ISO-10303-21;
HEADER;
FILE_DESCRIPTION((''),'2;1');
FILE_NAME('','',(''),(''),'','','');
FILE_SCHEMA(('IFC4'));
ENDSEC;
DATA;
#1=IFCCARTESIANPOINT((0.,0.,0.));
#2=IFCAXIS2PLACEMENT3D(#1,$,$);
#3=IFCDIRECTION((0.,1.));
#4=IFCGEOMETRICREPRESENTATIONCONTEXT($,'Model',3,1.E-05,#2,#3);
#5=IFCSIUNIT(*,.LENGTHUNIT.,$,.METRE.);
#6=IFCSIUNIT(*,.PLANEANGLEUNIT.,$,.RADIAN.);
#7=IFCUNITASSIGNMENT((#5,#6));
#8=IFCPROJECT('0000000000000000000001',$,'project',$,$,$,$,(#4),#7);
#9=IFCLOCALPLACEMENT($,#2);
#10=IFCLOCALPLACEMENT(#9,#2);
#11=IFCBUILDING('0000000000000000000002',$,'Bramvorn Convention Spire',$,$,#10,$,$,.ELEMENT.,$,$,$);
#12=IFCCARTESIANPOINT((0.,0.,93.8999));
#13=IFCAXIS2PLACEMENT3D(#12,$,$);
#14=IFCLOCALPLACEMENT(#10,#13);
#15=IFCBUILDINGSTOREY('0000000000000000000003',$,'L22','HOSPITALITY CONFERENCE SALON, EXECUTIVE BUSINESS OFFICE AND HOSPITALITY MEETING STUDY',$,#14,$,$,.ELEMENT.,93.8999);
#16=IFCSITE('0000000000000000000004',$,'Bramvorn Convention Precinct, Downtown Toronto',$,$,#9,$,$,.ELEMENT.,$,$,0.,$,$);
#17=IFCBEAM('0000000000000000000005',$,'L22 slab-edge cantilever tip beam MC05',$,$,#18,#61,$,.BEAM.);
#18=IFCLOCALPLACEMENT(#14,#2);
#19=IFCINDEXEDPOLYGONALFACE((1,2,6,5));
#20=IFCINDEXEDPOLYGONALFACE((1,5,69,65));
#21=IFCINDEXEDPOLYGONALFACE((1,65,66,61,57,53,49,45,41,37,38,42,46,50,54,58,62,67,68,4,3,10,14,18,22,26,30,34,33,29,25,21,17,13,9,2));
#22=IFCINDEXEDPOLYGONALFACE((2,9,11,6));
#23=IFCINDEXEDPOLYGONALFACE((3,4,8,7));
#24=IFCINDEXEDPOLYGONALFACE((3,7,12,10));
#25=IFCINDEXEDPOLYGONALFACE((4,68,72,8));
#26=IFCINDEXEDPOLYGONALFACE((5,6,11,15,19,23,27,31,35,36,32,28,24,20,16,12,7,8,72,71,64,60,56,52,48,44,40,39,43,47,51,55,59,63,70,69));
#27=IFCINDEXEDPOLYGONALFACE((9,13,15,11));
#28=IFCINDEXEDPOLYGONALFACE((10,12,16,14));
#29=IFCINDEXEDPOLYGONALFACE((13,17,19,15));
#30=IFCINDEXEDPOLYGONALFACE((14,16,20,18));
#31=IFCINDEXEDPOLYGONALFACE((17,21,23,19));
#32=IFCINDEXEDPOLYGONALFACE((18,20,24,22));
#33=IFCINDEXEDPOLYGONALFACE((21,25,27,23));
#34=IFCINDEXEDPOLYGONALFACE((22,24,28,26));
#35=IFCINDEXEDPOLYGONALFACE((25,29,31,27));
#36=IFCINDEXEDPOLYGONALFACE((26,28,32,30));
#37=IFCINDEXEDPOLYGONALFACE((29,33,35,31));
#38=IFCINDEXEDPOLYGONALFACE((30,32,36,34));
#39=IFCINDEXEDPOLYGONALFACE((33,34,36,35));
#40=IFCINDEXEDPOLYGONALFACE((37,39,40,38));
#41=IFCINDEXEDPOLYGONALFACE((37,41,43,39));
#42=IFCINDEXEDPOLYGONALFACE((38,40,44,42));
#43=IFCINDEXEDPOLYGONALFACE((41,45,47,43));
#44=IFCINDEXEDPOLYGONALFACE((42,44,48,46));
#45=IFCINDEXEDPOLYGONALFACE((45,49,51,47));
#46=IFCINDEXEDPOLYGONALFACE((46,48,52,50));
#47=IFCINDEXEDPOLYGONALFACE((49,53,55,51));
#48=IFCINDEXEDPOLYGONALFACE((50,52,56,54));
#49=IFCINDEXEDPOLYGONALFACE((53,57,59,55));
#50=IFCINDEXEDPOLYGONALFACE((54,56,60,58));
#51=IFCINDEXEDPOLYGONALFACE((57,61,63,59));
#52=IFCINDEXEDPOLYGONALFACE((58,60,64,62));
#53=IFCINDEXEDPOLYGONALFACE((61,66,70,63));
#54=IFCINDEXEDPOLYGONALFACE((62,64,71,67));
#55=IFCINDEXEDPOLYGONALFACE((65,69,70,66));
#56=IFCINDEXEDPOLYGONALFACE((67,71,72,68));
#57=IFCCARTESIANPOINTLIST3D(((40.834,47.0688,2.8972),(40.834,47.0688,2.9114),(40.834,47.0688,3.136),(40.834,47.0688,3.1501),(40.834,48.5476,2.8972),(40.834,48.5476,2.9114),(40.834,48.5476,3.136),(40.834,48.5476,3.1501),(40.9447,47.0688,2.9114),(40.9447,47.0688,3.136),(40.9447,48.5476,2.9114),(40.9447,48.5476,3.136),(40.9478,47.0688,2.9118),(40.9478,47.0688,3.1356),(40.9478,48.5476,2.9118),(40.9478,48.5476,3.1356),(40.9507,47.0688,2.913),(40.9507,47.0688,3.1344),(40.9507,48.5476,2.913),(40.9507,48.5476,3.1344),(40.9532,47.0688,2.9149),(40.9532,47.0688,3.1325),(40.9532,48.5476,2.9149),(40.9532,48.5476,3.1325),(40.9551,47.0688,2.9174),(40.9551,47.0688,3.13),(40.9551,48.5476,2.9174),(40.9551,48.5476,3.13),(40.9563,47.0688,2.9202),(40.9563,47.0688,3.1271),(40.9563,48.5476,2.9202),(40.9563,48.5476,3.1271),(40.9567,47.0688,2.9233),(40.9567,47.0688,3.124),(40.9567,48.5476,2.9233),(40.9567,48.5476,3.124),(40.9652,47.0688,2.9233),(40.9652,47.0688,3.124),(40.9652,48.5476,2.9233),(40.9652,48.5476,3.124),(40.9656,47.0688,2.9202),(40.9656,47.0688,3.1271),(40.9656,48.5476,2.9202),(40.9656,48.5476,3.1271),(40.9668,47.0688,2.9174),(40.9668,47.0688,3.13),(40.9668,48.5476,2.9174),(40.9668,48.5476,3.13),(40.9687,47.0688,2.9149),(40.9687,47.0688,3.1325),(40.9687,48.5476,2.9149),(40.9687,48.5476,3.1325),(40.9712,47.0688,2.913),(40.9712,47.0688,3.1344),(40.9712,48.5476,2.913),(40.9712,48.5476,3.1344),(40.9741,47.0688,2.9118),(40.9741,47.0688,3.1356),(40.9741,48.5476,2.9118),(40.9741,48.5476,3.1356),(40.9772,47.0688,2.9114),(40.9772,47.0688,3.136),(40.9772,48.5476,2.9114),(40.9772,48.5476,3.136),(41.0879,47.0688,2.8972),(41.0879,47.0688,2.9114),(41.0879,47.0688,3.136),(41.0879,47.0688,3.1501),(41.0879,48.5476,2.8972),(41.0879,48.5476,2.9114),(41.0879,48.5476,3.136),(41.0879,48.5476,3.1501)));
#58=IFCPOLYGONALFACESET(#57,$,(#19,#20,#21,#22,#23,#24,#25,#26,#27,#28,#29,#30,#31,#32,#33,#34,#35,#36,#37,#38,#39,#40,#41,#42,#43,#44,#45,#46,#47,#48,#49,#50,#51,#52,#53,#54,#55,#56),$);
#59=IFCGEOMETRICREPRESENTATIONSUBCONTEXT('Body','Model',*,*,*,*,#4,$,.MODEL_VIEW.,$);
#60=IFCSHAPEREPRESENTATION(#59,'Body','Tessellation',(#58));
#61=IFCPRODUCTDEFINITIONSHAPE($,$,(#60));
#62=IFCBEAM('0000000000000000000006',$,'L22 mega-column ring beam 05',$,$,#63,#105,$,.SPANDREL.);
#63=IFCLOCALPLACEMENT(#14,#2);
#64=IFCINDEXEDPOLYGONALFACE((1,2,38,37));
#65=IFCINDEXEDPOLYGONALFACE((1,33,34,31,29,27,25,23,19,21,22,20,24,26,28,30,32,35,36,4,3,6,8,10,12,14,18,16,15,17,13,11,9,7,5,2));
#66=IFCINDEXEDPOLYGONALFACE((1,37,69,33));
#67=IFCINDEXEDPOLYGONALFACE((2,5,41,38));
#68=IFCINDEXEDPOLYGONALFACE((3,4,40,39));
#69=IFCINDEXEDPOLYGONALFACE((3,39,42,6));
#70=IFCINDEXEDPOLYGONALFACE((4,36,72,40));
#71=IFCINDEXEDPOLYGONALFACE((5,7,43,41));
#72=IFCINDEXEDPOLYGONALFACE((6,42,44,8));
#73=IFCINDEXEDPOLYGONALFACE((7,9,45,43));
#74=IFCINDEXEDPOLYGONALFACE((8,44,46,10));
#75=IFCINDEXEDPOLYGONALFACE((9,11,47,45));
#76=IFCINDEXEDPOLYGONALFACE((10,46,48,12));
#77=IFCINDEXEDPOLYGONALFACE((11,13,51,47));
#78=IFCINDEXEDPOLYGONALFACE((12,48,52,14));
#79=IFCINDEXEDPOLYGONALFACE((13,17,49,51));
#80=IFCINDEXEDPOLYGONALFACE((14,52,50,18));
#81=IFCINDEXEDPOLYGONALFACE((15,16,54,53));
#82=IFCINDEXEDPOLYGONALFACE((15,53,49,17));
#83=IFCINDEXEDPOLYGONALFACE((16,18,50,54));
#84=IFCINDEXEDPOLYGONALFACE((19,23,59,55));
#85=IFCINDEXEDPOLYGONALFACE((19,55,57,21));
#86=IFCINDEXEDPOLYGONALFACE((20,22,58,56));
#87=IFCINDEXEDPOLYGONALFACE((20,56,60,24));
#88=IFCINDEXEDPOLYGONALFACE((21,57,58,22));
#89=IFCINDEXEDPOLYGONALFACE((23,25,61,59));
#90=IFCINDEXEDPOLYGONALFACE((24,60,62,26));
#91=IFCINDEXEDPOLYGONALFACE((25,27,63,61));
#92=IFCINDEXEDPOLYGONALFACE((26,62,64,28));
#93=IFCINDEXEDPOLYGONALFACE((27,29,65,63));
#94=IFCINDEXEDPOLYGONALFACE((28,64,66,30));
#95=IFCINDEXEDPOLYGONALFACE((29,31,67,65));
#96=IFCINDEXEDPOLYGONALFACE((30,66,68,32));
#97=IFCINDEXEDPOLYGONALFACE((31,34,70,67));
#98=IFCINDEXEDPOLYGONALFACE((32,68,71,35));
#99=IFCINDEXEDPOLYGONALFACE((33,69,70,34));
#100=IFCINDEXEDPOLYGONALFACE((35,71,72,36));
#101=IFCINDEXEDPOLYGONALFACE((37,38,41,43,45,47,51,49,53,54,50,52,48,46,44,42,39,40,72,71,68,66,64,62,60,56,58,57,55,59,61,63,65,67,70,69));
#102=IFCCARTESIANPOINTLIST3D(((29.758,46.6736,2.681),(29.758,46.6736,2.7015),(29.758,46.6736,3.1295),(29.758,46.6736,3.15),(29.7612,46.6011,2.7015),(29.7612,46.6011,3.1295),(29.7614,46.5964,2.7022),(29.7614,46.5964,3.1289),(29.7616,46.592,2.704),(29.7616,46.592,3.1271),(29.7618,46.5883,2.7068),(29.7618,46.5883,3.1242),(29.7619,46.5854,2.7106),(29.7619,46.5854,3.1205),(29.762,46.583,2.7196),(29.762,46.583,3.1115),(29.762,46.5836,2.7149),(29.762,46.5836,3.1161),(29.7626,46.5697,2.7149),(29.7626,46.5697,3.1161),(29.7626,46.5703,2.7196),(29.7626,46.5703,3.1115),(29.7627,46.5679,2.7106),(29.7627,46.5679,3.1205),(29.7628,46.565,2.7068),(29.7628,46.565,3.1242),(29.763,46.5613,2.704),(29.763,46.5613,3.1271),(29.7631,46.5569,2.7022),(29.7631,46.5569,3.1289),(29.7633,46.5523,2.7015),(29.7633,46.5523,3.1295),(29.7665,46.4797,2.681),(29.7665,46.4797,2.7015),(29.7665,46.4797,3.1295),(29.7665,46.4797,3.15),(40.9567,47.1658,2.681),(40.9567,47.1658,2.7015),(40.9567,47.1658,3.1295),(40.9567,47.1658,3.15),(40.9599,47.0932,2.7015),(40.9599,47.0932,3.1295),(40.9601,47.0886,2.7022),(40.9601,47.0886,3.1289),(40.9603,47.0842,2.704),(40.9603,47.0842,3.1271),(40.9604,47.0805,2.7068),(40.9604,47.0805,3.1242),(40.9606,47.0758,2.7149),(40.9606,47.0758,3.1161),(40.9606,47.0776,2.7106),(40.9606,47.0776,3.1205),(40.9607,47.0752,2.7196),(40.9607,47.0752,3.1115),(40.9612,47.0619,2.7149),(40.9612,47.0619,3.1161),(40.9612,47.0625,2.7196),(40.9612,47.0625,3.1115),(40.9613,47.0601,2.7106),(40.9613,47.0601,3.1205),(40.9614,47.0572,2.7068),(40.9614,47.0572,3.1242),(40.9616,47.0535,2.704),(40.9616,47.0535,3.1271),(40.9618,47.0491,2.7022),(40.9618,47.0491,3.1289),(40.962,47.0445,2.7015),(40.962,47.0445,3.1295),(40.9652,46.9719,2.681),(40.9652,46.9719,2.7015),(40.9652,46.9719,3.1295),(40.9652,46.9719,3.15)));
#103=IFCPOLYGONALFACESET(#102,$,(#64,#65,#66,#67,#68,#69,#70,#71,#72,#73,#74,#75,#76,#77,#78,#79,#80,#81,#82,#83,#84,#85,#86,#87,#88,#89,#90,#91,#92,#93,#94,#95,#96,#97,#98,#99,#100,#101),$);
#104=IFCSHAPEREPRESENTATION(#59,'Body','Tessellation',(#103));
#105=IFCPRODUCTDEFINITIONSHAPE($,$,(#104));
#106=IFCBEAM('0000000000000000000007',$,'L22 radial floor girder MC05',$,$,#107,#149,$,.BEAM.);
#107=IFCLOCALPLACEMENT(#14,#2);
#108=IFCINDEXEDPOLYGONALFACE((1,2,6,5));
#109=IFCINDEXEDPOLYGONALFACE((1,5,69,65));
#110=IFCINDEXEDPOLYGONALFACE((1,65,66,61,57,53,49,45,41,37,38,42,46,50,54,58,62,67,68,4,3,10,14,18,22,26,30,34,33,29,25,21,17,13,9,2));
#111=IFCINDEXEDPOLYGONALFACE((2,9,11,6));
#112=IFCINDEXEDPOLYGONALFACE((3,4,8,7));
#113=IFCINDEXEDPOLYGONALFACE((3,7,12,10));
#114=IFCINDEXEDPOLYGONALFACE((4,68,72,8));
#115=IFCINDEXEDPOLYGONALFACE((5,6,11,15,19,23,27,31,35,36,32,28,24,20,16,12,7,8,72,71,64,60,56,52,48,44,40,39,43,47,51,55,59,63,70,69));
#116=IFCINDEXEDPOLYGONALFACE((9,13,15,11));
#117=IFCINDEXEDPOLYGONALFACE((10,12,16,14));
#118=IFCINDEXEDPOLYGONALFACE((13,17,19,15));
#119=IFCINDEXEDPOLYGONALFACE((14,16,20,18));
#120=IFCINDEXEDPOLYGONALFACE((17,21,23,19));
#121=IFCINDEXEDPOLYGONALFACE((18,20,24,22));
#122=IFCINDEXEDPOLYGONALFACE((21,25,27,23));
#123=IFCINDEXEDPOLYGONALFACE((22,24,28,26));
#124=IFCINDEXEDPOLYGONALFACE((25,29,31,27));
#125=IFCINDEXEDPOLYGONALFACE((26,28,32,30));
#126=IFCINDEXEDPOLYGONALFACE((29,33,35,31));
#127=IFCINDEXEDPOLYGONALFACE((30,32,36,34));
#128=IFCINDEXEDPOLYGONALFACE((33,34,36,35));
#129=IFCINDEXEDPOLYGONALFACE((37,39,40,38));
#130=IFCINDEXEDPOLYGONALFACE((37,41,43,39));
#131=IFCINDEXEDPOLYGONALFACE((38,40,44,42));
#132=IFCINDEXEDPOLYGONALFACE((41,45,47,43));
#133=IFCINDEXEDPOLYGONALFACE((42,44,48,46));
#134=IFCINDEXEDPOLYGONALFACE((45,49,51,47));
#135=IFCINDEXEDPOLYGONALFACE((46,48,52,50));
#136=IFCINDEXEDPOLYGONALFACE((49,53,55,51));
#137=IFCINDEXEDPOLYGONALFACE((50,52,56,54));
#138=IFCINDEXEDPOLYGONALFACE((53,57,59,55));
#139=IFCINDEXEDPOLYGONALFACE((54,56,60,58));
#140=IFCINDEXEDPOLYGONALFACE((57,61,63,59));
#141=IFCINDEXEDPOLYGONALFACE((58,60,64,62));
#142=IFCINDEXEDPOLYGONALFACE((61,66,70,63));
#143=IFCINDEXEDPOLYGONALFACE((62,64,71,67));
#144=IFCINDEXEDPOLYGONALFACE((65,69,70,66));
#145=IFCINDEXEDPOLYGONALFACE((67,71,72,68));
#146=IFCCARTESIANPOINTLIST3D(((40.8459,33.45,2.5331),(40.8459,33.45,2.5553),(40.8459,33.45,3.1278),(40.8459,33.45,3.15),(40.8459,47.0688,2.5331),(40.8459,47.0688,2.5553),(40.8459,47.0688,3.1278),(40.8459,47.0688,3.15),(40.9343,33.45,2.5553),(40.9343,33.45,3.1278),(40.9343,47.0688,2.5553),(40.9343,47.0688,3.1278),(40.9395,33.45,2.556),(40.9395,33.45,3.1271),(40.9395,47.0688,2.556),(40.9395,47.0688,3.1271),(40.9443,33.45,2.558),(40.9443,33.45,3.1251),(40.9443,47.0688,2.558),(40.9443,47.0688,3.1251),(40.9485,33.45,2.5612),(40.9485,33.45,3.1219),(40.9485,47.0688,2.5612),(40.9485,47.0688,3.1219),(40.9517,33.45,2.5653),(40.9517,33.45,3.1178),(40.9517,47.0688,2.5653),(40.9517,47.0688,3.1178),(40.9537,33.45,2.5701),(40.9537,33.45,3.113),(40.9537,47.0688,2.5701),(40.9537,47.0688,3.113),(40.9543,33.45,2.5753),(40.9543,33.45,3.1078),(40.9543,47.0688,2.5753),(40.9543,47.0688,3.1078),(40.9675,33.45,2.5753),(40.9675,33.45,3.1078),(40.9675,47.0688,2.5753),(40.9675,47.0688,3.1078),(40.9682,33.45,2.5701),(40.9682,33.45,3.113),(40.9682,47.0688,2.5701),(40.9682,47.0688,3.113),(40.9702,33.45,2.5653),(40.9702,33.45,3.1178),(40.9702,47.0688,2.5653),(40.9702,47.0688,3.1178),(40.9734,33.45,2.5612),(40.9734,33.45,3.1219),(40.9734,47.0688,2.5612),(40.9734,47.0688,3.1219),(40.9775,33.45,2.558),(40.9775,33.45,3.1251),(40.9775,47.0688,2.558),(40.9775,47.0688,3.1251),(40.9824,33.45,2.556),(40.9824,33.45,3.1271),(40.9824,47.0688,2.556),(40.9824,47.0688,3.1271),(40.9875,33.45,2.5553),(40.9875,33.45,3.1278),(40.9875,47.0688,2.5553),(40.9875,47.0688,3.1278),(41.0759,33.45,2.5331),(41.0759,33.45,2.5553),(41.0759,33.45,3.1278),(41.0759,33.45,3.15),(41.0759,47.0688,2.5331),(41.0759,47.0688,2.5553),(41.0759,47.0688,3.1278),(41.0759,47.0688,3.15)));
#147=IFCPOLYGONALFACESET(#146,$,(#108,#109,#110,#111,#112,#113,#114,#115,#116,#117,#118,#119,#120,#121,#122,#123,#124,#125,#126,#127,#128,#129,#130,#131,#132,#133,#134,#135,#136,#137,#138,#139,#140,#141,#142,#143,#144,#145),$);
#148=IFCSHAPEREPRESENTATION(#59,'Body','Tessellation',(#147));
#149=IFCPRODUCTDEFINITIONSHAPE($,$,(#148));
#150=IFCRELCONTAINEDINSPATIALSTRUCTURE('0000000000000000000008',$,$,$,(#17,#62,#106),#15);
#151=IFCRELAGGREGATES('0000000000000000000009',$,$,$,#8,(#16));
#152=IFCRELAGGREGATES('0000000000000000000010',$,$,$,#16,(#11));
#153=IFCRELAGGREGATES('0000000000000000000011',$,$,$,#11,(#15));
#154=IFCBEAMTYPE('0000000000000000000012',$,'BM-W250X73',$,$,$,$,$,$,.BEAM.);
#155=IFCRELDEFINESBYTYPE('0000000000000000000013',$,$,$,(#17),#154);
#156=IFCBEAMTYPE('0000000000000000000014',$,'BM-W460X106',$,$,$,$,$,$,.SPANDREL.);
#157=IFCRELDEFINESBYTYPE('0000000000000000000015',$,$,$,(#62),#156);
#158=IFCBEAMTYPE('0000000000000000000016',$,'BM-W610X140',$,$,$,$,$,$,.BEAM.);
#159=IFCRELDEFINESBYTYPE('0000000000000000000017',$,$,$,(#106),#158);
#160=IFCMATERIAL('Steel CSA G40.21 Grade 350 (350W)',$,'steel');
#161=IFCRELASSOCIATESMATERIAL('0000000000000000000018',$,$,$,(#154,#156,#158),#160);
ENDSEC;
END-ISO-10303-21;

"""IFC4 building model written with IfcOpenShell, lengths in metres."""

from ifc_helpers import new_model, si_unit, direction, frame, origin, origin_2d, place, context, subcontext, project, spatial, i_section, extrude, material, material_profile, profile_set, type_object, element, save


model = new_model("IFC4")

# Units and contexts
model_context = context("Model", 3, precision=1e-05, world=origin(), true_north=direction((0.0, 1.0)))
body_context = subcontext(model_context, "Body", "Model", "MODEL_VIEW")
ifc_project = project(units=[si_unit("LENGTHUNIT", "METRE"), si_unit("PLANEANGLEUNIT", "RADIAN")], contexts=[model_context])

# Site, building, storey
site_placement = place(None, origin())
site = spatial("IfcSite", under=ifc_project, at=site_placement, Name="Bramvorn Convention Precinct, Downtown Toronto", CompositionType="ELEMENT", RefElevation=0.0)
building_placement = place(site_placement, origin())
building = spatial("IfcBuilding", under=site, at=building_placement, Name="Bramvorn Convention Spire", CompositionType="ELEMENT")
storey_placement = place(building_placement, frame((0.0, 0.0, 93.8999)))
storey = spatial("IfcBuildingStorey", under=building, at=storey_placement, Name="L22", Description="HOSPITALITY CONFERENCE SALON, EXECUTIVE BUSINESS OFFICE AND HOSPITALITY MEETING STUDY", CompositionType="ELEMENT", Elevation=93.8999)

# Shared definitions
ifc_material_1 = material(Name="Steel CSA G40.21 Grade 350 (350W)", Category="steel")

# Beams
ifc_material_profile_1 = material_profile(ifc_material_1, i_section(OverallWidth=0.2539, OverallDepth=0.2529, WebThickness=0.0085, FlangeThickness=0.0142, FilletRadius=0.012, at=origin_2d()))
ifc_profile_set_1 = profile_set([ifc_material_profile_1], Name="Steel CSA G40.21 Grade 350 (350W) - W250X73")
beam_type_1 = type_object("IfcBeamType", Name="BM-W250X73", PredefinedType="BEAM", material=ifc_profile_set_1)
beam_1_placement = place(storey_placement, frame((40.9609, 47.0688, 3.0237), z_axis=(0.0, 1.0, 0.0), x_axis=(-1.0, 0.0, 0.0)))
element("IfcBeam", 1, at=beam_1_placement, inside=storey, type_object=beam_type_1, Name="L22 slab-edge cantilever tip beam MC05", PredefinedType="BEAM", context=body_context, shape_type="SweptSolid", body=[
    extrude(i_section(OverallWidth=0.2539, OverallDepth=0.2529, WebThickness=0.0085, FlangeThickness=0.0142, FilletRadius=0.012, at=origin_2d()), origin(), (0.0, 0.0, 1.0), 1.4788),
])
ifc_material_profile_2 = material_profile(ifc_material_1, i_section(OverallWidth=0.1941, OverallDepth=0.469, WebThickness=0.0127, FlangeThickness=0.0205, FilletRadius=0.0181, at=origin_2d()))
ifc_profile_set_2 = profile_set([ifc_material_profile_2], Name="Steel CSA G40.21 Grade 350 (350W) - W460X106")
beam_type_2 = type_object("IfcBeamType", Name="BM-W460X106", PredefinedType="SPANDREL", material=ifc_profile_set_2)
beam_2_placement = place(storey_placement, frame((40.9609, 47.0688, 2.9155), z_axis=(-0.999036, -0.043908, 0.0), x_axis=(0.043908, -0.999036, 0.0)))
element("IfcBeam", 2, at=beam_2_placement, inside=storey, type_object=beam_type_2, Name="L22 mega-column ring beam 05", PredefinedType="SPANDREL", context=body_context, shape_type="SweptSolid", body=[
    extrude(i_section(OverallWidth=0.1941, OverallDepth=0.469, WebThickness=0.0127, FlangeThickness=0.0205, FilletRadius=0.0181, at=origin_2d()), origin(), (0.0, 0.0, 1.0), 11.2095),
])
ifc_material_profile_3 = material_profile(ifc_material_1, i_section(OverallWidth=0.23, OverallDepth=0.6169, WebThickness=0.0132, FlangeThickness=0.0222, FilletRadius=0.02, at=origin_2d()))
ifc_profile_set_3 = profile_set([ifc_material_profile_3], Name="Steel CSA G40.21 Grade 350 (350W) - W610X140")
beam_type_3 = type_object("IfcBeamType", Name="BM-W610X140", PredefinedType="BEAM", material=ifc_profile_set_3)
beam_3_placement = place(storey_placement, frame((40.9609, 33.45, 2.8416), z_axis=(0.0, 1.0, 0.0), x_axis=(-1.0, 0.0, 0.0)))
element("IfcBeam", 3, at=beam_3_placement, inside=storey, type_object=beam_type_3, Name="L22 radial floor girder MC05", PredefinedType="BEAM", context=body_context, shape_type="SweptSolid", body=[
    extrude(i_section(OverallWidth=0.23, OverallDepth=0.6169, WebThickness=0.0132, FlangeThickness=0.0222, FilletRadius=0.02, at=origin_2d()), origin(), (0.0, 0.0, 1.0), 13.6189),
])

save(model, "model.ifc")
